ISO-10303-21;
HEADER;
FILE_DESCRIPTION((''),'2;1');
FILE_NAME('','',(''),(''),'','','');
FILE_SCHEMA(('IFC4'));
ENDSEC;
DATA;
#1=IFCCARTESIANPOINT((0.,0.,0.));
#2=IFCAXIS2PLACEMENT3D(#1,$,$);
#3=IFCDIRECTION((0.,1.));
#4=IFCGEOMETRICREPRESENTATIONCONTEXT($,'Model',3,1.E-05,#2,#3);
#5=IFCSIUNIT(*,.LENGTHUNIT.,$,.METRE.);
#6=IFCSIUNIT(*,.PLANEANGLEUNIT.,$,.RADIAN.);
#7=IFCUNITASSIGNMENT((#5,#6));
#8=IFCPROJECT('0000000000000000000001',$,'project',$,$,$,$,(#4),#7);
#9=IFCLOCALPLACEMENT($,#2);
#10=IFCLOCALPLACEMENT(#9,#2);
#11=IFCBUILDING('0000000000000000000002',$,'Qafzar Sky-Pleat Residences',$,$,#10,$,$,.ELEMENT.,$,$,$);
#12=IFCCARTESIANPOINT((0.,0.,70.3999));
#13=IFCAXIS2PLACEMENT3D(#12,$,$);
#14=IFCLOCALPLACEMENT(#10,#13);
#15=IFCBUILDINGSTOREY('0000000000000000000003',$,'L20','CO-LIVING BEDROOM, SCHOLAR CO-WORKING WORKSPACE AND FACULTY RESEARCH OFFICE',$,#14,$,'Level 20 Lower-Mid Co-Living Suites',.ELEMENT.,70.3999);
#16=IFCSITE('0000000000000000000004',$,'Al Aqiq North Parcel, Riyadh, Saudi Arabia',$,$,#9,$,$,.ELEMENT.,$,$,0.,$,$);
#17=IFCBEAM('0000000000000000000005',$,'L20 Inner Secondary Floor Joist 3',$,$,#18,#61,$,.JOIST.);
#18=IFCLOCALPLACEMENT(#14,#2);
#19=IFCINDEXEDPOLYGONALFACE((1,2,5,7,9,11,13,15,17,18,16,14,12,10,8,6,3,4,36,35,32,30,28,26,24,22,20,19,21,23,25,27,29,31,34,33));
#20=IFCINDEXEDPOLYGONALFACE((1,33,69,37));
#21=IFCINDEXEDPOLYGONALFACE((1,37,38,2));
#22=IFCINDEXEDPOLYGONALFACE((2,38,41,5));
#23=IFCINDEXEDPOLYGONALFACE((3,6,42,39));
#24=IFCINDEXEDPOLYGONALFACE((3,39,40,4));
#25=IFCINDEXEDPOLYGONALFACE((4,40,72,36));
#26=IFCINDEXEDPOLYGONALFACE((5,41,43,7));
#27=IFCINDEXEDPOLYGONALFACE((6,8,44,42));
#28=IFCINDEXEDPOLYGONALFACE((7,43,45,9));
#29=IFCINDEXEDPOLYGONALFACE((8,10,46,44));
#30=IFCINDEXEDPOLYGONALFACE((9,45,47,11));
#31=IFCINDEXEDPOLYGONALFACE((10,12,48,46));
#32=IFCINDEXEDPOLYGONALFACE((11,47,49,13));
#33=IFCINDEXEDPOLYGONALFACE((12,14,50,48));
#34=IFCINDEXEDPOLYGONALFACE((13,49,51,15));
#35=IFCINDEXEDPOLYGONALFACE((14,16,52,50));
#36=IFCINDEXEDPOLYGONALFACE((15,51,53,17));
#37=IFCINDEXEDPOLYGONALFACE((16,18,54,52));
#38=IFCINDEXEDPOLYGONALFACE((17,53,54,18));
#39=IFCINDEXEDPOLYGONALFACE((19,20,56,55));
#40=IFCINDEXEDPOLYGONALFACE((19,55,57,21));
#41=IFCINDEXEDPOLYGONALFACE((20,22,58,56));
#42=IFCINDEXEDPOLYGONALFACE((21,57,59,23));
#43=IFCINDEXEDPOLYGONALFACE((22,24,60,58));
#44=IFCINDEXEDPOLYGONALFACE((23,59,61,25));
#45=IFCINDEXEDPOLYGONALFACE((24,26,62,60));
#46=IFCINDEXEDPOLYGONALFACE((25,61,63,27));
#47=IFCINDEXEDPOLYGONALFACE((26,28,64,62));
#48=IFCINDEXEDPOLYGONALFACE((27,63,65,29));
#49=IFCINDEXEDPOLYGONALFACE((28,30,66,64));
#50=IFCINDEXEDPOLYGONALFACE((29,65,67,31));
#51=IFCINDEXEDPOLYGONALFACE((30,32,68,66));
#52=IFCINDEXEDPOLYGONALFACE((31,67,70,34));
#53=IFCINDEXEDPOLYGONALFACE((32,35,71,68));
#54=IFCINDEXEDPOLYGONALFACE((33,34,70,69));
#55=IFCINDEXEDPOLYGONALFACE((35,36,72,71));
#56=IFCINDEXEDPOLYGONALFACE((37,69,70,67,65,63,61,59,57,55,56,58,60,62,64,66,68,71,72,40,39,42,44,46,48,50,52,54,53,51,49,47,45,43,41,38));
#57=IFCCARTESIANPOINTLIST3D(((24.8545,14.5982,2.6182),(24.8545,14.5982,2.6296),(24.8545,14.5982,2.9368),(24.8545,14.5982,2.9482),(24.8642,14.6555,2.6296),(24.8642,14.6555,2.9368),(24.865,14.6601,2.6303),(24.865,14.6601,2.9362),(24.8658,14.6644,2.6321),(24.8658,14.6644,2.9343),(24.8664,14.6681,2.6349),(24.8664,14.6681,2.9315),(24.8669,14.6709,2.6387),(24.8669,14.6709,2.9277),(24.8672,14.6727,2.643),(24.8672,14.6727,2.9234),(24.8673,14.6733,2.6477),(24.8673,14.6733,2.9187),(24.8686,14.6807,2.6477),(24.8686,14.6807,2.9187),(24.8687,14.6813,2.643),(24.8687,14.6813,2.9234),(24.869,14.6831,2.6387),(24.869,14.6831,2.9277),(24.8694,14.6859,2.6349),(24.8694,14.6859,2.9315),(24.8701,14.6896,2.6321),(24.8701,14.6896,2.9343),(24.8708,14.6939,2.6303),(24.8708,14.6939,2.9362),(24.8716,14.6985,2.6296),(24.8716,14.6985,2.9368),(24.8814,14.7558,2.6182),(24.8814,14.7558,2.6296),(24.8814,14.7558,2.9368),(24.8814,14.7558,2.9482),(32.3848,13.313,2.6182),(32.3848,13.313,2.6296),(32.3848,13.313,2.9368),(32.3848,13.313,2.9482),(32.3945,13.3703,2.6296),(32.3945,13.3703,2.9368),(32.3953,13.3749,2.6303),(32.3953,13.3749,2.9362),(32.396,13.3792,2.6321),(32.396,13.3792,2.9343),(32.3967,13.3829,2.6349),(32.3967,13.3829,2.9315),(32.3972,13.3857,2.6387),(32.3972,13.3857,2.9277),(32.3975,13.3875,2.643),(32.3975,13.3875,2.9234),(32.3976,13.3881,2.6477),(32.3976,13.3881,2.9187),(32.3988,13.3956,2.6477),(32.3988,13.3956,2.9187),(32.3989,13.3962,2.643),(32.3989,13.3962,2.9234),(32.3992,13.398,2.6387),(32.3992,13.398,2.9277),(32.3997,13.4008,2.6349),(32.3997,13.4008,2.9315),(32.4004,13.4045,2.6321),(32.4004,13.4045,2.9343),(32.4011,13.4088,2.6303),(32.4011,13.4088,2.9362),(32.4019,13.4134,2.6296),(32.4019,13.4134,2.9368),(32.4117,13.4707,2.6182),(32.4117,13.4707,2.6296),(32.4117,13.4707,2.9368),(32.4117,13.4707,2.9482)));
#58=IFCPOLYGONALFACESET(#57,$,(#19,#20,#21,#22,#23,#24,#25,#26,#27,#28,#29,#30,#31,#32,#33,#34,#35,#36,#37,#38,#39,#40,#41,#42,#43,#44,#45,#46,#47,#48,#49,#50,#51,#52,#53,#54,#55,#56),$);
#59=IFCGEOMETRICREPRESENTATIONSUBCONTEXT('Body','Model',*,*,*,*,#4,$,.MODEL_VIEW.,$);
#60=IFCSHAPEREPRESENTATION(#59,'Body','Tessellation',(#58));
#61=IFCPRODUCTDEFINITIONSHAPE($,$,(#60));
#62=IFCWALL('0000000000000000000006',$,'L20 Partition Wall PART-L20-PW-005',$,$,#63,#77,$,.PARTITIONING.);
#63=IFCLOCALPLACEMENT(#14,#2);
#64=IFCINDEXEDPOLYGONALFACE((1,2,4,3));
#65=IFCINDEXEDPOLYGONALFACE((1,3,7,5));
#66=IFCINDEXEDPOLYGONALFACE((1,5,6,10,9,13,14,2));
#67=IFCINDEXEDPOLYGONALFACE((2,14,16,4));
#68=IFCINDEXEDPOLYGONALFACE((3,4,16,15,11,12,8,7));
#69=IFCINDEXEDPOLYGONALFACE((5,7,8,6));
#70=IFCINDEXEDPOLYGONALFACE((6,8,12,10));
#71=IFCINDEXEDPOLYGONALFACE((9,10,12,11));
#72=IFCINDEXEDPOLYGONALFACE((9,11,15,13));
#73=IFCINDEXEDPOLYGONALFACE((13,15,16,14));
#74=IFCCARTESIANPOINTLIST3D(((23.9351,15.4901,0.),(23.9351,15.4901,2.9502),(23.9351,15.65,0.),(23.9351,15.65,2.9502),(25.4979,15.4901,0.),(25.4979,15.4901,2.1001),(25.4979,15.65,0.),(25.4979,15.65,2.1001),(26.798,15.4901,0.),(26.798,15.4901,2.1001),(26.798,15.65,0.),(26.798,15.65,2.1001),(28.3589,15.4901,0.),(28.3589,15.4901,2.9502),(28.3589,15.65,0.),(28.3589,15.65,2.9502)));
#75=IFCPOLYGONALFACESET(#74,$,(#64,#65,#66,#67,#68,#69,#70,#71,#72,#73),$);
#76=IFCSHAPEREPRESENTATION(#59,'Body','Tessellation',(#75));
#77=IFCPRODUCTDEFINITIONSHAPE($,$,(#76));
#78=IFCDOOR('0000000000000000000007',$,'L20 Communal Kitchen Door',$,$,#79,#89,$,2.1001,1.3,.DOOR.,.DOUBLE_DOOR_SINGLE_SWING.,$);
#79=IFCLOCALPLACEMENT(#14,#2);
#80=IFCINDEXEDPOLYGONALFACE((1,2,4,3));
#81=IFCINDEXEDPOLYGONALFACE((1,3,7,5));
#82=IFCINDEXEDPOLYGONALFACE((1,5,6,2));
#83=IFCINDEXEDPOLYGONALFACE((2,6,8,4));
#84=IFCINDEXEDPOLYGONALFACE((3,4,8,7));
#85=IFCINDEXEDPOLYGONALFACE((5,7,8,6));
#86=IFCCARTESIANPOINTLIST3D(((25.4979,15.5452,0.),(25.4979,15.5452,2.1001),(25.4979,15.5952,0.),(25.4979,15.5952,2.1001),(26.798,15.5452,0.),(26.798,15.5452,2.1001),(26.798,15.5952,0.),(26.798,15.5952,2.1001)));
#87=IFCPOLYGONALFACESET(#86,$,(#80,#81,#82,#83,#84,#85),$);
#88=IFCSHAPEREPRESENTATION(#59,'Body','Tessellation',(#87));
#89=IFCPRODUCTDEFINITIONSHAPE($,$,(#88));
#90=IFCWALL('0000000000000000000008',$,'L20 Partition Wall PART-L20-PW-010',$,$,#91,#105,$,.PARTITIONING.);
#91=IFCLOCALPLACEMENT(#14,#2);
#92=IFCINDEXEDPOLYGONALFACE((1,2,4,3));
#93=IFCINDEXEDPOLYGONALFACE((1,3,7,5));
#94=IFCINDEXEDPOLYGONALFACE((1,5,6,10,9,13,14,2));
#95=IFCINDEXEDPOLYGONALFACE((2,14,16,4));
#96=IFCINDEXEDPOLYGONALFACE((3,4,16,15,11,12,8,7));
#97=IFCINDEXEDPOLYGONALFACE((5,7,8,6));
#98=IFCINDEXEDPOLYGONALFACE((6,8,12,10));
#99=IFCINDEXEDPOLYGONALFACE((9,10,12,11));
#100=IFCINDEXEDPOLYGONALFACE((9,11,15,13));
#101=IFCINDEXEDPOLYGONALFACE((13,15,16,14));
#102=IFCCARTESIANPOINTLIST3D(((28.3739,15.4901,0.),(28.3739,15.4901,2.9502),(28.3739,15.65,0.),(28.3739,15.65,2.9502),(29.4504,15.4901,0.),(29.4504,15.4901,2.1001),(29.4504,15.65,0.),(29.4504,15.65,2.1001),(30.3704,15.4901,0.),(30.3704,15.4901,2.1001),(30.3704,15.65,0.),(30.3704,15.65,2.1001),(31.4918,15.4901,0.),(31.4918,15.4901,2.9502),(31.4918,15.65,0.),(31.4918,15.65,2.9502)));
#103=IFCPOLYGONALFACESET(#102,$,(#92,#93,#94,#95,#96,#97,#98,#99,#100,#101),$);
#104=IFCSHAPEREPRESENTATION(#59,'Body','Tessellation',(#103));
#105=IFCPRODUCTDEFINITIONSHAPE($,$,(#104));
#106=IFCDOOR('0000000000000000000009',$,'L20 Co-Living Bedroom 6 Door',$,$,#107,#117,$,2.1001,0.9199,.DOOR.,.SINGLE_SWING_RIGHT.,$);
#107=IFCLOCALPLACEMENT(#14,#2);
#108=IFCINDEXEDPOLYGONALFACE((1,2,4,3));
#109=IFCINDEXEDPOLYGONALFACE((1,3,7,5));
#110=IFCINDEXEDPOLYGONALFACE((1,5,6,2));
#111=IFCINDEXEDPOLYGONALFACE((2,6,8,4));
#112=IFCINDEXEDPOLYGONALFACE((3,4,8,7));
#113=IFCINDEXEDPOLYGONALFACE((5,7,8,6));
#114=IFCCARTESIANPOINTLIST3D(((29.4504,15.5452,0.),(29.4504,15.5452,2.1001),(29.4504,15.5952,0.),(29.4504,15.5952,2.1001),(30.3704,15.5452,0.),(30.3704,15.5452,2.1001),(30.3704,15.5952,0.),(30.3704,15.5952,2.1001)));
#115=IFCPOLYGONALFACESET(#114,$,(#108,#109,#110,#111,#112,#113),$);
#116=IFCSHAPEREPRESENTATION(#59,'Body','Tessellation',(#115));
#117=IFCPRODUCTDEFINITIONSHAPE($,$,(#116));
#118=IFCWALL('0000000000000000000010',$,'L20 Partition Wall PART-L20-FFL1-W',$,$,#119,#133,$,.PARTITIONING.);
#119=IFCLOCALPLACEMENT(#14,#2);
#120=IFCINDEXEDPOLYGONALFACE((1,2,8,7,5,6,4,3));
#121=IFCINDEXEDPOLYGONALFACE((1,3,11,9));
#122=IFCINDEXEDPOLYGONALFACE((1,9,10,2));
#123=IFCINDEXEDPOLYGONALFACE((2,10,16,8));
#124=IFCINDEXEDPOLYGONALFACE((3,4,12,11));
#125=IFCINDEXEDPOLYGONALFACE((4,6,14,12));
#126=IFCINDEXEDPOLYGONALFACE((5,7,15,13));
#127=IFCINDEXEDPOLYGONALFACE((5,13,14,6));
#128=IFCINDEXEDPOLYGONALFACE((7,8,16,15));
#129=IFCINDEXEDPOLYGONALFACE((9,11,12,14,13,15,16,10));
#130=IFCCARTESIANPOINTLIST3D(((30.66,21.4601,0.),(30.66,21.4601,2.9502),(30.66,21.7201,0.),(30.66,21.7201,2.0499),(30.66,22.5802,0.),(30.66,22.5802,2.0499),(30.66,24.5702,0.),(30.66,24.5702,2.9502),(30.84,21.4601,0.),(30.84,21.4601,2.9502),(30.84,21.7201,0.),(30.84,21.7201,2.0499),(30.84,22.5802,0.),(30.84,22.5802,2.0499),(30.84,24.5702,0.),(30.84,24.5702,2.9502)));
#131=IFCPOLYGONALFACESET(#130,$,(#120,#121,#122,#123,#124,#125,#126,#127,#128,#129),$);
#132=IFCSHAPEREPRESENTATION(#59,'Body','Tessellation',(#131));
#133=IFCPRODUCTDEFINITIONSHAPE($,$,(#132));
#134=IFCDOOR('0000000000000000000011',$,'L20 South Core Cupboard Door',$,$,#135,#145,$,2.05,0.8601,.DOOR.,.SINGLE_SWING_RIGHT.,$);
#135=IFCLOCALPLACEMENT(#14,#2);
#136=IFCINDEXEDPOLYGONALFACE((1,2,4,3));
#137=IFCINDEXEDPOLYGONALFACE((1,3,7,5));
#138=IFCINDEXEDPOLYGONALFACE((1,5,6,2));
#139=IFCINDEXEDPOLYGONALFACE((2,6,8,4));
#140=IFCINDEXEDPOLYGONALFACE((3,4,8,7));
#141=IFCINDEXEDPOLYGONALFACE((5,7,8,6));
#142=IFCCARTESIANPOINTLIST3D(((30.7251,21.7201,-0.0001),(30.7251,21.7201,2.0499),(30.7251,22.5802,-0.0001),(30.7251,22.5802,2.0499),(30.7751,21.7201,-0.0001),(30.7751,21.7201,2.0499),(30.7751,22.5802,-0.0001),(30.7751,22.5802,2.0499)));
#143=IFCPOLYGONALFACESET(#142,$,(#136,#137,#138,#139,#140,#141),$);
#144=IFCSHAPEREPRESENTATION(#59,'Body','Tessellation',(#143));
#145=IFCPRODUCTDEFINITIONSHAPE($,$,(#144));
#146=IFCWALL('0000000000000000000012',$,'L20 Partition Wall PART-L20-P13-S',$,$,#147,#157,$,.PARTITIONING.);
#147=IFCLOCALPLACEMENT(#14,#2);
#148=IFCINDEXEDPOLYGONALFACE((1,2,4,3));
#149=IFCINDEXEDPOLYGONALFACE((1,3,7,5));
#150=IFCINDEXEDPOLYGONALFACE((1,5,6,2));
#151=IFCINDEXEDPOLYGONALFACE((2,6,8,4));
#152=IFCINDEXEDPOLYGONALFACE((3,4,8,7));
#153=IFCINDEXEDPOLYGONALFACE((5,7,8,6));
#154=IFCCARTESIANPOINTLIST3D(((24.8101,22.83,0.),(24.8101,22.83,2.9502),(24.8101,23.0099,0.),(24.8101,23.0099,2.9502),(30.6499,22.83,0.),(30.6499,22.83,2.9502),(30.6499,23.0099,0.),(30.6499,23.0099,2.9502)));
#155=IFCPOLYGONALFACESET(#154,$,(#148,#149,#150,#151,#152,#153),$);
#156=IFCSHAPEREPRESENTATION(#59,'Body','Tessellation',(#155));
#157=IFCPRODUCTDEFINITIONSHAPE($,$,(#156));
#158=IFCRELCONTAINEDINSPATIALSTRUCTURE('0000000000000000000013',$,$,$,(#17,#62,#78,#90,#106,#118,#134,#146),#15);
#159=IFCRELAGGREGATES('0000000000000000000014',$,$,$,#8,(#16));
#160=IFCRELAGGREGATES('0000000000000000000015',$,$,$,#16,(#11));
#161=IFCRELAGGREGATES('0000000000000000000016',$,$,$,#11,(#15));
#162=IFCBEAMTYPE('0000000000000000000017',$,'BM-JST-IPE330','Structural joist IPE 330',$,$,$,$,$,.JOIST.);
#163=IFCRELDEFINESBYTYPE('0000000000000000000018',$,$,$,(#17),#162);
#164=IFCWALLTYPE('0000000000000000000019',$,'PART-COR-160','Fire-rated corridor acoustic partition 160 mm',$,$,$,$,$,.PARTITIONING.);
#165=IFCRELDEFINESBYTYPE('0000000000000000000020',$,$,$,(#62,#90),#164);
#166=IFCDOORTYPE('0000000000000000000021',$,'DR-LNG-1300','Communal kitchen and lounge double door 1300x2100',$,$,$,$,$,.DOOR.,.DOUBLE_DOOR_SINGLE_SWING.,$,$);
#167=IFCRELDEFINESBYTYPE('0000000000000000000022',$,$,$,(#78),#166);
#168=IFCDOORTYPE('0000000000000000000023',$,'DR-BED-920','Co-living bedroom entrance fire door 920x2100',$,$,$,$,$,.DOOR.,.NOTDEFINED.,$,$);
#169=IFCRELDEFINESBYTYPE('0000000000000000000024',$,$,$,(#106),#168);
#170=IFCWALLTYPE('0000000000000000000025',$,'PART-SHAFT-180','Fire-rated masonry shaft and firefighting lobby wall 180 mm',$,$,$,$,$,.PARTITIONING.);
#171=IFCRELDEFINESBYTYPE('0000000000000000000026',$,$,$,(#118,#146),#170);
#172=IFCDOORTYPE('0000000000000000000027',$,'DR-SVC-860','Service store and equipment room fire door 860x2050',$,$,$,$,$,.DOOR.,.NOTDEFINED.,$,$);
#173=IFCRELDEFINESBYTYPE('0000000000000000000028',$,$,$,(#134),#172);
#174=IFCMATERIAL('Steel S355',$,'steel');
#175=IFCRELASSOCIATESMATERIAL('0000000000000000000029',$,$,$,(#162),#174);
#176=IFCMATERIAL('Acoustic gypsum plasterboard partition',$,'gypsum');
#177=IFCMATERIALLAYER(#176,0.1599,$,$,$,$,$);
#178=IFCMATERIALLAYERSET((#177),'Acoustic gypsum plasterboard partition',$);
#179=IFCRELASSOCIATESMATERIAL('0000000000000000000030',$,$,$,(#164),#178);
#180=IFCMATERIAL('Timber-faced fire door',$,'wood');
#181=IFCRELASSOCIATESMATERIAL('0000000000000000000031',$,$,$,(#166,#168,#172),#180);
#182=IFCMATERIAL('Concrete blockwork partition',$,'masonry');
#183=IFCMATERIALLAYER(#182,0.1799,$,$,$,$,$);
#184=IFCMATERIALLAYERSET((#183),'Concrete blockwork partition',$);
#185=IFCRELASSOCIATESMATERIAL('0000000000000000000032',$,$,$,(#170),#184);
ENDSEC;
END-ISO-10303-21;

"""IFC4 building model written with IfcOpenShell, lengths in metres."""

from ifc_helpers import new_model, si_unit, direction, frame, frame_2d, origin, origin_2d, place, context, subcontext, project, spatial, rectangle, i_section, extrude, source, transform, mapped, material, layer, layer_set, material_profile, profile_set, type_object, element, fill, save


model = new_model("IFC4")

# Units and contexts
model_context = context("Model", 3, precision=1e-05, world=origin(), true_north=direction((0.0, 1.0)))
body_context = subcontext(model_context, "Body", "Model", "MODEL_VIEW")
ifc_project = project(units=[si_unit("LENGTHUNIT", "METRE"), si_unit("PLANEANGLEUNIT", "RADIAN")], contexts=[model_context])

# Site, building, storey
site_placement = place(None, origin())
site = spatial("IfcSite", under=ifc_project, at=site_placement, Name="Al Aqiq North Parcel, Riyadh, Saudi Arabia", CompositionType="ELEMENT", RefElevation=0.0)
building_placement = place(site_placement, origin())
building = spatial("IfcBuilding", under=site, at=building_placement, Name="Qafzar Sky-Pleat Residences", CompositionType="ELEMENT")
storey_placement = place(building_placement, frame((0.0, 0.0, 70.3999)))
storey = spatial("IfcBuildingStorey", under=building, at=storey_placement, Name="L20", Description="CO-LIVING BEDROOM, SCHOLAR CO-WORKING WORKSPACE AND FACULTY RESEARCH OFFICE", LongName="Level 20 Lower-Mid Co-Living Suites", CompositionType="ELEMENT", Elevation=70.3999)

# Beam
ifc_material_1 = material(Name="Steel S355", Category="steel")
ifc_material_profile = material_profile(ifc_material_1, i_section(OverallWidth=0.1599, OverallDepth=0.3301, WebThickness=0.0076, FlangeThickness=0.0115, FilletRadius=0.0181, at=origin_2d()), Name="IPE 330")
ifc_profile_set = profile_set([ifc_material_profile], Name="Steel S355")
beam_type = type_object("IfcBeamType", Name="BM-JST-IPE330", Description="Structural joist IPE 330", PredefinedType="JOIST", material=ifc_profile_set)
shared_shape_1 = source(origin(), body_context, "Body", "SweptSolid", [
    extrude(i_section(OverallWidth=0.1599, OverallDepth=0.3301, WebThickness=0.0076, FlangeThickness=0.0115, FilletRadius=0.0181, at=origin_2d()), origin(), (0.0, 0.0, 1.0), 7.6392),
])
beam_placement = place(storey_placement, frame((24.8679, 14.677, 2.7832), z_axis=(0.985747, -0.168233, 0.0), x_axis=(0.168233, 0.985747, 0.0)))
element("IfcBeam", 1, at=beam_placement, inside=storey, type_object=beam_type, Name="L20 Inner Secondary Floor Joist 3", PredefinedType="JOIST", context=body_context, shape_type="MappedRepresentation", body=[
    mapped(shared_shape_1, transform((0.0, 0.0, 0.0), x_axis=(1.0, 0.0, 0.0), y_axis=(0.0, 1.0, 0.0), z_axis=(0.0, 0.0, 1.0), scale=1.0)),
])

# Walls, openings, doors
ifc_material_2 = material(Name="Acoustic gypsum plasterboard partition", Category="gypsum")
ifc_layer_1 = layer(ifc_material_2, 0.1599)
ifc_layer_set_1 = layer_set([ifc_layer_1], Name="Acoustic gypsum plasterboard partition")
wall_type_1 = type_object("IfcWallType", Name="PART-COR-160", Description="Fire-rated corridor acoustic partition 160 mm", PredefinedType="PARTITIONING", material=ifc_layer_set_1)
wall_1_placement = place(storey_placement, frame((28.3589, 15.5701, 0.0), z_axis=(0.0, 0.0, 1.0), x_axis=(-1.0, 0.0, 0.0)))
wall_1 = element("IfcWall", 2, at=wall_1_placement, inside=storey, type_object=wall_type_1, Name="L20 Partition Wall PART-L20-PW-005", PredefinedType="PARTITIONING", context=body_context, shape_type="SweptSolid", body=[
    extrude(rectangle(XDim=4.4238, YDim=0.1599, at=frame_2d((2.2119, 0.0))), origin(), (0.0, 0.0, 1.0), 2.9502),
])
opening_1_placement = place(wall_1_placement, frame((1.561, 0.0, 0.0)))
opening_1 = element("IfcOpeningElement", 3, at=opening_1_placement, cuts=wall_1, PredefinedType="OPENING", context=body_context, shape_type="SweptSolid", body=[
    extrude(rectangle(XDim=1.3, YDim=2.1001, at=frame_2d((0.6499, 1.05))), frame((0.0, 0.0898, 0.0), z_axis=(0.0, -1.0, 0.0), x_axis=(1.0, 0.0, 0.0)), (0.0, 0.0, 1.0), 0.1799),
])
ifc_material_3 = material(Name="Timber-faced fire door", Category="wood")
door_type_1 = type_object("IfcDoorType", Name="DR-LNG-1300", Description="Communal kitchen and lounge double door 1300x2100", OperationType="DOUBLE_DOOR_SINGLE_SWING", PredefinedType="DOOR", material=ifc_material_3)
shared_shape_2 = source(origin(), body_context, "Body", "SweptSolid", [
    extrude(rectangle(XDim=1.3, YDim=2.1001, at=frame_2d((0.6499, 1.05))), frame((0.0, 0.0249, 0.0), z_axis=(0.0, -1.0, 0.0), x_axis=(1.0, 0.0, 0.0)), (0.0, 0.0, 1.0), 0.05),
])
door_1_placement = place(opening_1_placement, origin())
door_1 = element("IfcDoor", 4, at=door_1_placement, inside=storey, type_object=door_type_1, Name="L20 Communal Kitchen Door", OperationType="DOUBLE_DOOR_SINGLE_SWING", OverallHeight=2.1001, OverallWidth=1.3, PredefinedType="DOOR", context=body_context, shape_type="MappedRepresentation", body=[
    mapped(shared_shape_2, transform((0.0, 0.0, 0.0), x_axis=(1.0, 0.0, 0.0), y_axis=(0.0, 1.0, 0.0), z_axis=(0.0, 0.0, 1.0), scale=1.0)),
])
fill(opening_1, door_1)
wall_2_placement = place(storey_placement, frame((31.4919, 15.5701, 0.0), z_axis=(0.0, 0.0, 1.0), x_axis=(-1.0, 0.0, 0.0)))
wall_2 = element("IfcWall", 5, at=wall_2_placement, inside=storey, type_object=wall_type_1, Name="L20 Partition Wall PART-L20-PW-010", PredefinedType="PARTITIONING", context=body_context, shape_type="SweptSolid", body=[
    extrude(rectangle(XDim=3.1179, YDim=0.1599, at=frame_2d((1.5591, 0.0))), origin(), (0.0, 0.0, 1.0), 2.9502),
])
opening_2_placement = place(wall_2_placement, frame((1.1216, 0.0, 0.0)))
opening_2 = element("IfcOpeningElement", 6, at=opening_2_placement, cuts=wall_2, PredefinedType="OPENING", context=body_context, shape_type="SweptSolid", body=[
    extrude(rectangle(XDim=0.9199, YDim=2.1001, at=frame_2d((0.46, 1.05))), frame((0.0, 0.0898, 0.0), z_axis=(0.0, -1.0, 0.0), x_axis=(1.0, 0.0, 0.0)), (0.0, 0.0, 1.0), 0.1799),
])
door_type_2 = type_object("IfcDoorType", Name="DR-BED-920", Description="Co-living bedroom entrance fire door 920x2100", OperationType="NOTDEFINED", PredefinedType="DOOR", material=ifc_material_3)
shared_shape_3 = source(origin(), body_context, "Body", "SweptSolid", [
    extrude(rectangle(XDim=0.9199, YDim=2.1001, at=frame_2d((0.46, 1.05))), frame((0.0, 0.0249, 0.0), z_axis=(0.0, -1.0, 0.0), x_axis=(1.0, 0.0, 0.0)), (0.0, 0.0, 1.0), 0.05),
])
door_2_placement = place(opening_2_placement, origin())
door_2 = element("IfcDoor", 7, at=door_2_placement, inside=storey, type_object=door_type_2, Name="L20 Co-Living Bedroom 6 Door", OperationType="SINGLE_SWING_RIGHT", OverallHeight=2.1001, OverallWidth=0.9199, PredefinedType="DOOR", context=body_context, shape_type="MappedRepresentation", body=[
    mapped(shared_shape_3, transform((0.0, 0.0, 0.0), x_axis=(1.0, 0.0, 0.0), y_axis=(0.0, 1.0, 0.0), z_axis=(0.0, 0.0, 1.0), scale=1.0)),
])
fill(opening_2, door_2)
ifc_material_4 = material(Name="Concrete blockwork partition", Category="masonry")
ifc_layer_2 = layer(ifc_material_4, 0.1799)
ifc_layer_set_2 = layer_set([ifc_layer_2], Name="Concrete blockwork partition")
wall_type_2 = type_object("IfcWallType", Name="PART-SHAFT-180", Description="Fire-rated masonry shaft and firefighting lobby wall 180 mm", PredefinedType="PARTITIONING", material=ifc_layer_set_2)
wall_3_placement = place(storey_placement, frame((30.75, 21.46, 0.0), z_axis=(0.0, 0.0, 1.0), x_axis=(0.0, 1.0, 0.0)))
wall_3 = element("IfcWall", 8, at=wall_3_placement, inside=storey, type_object=wall_type_2, Name="L20 Partition Wall PART-L20-FFL1-W", PredefinedType="PARTITIONING", context=body_context, shape_type="SweptSolid", body=[
    extrude(rectangle(XDim=3.1101, YDim=0.1799, at=frame_2d((1.5552, 0.0))), origin(), (0.0, 0.0, 1.0), 2.9502),
])
opening_3_placement = place(wall_3_placement, frame((0.26, 0.0, 0.0)))
opening_3 = element("IfcOpeningElement", 9, at=opening_3_placement, cuts=wall_3, PredefinedType="OPENING", context=body_context, shape_type="SweptSolid", body=[
    extrude(rectangle(XDim=0.8601, YDim=2.05, at=frame_2d((0.4302, 1.0249))), frame((0.0, 0.1001, 0.0), z_axis=(0.0, -1.0, 0.0), x_axis=(1.0, 0.0, 0.0)), (0.0, 0.0, 1.0), 0.2),
])
door_type_3 = type_object("IfcDoorType", Name="DR-SVC-860", Description="Service store and equipment room fire door 860x2050", OperationType="NOTDEFINED", PredefinedType="DOOR", material=ifc_material_3)
shared_shape_4 = source(origin(), body_context, "Body", "SweptSolid", [
    extrude(rectangle(XDim=0.8601, YDim=2.05, at=frame_2d((0.4302, 1.0249))), frame((0.0, 0.0249, 0.0), z_axis=(0.0, -1.0, 0.0), x_axis=(1.0, 0.0, 0.0)), (0.0, 0.0, 1.0), 0.05),
])
door_3_placement = place(opening_3_placement, origin())
door_3 = element("IfcDoor", 10, at=door_3_placement, inside=storey, type_object=door_type_3, Name="L20 South Core Cupboard Door", OperationType="SINGLE_SWING_RIGHT", OverallHeight=2.05, OverallWidth=0.8601, PredefinedType="DOOR", context=body_context, shape_type="MappedRepresentation", body=[
    mapped(shared_shape_4, transform((0.0, 0.0, 0.0), x_axis=(1.0, 0.0, 0.0), y_axis=(0.0, 1.0, 0.0), z_axis=(0.0, 0.0, 1.0), scale=1.0)),
])
fill(opening_3, door_3)

# Wall
wall_4_placement = place(storey_placement, frame((24.8101, 22.9199, 0.0), z_axis=(0.0, 0.0, 1.0), x_axis=(1.0, 0.0, 0.0)))
element("IfcWall", 11, at=wall_4_placement, inside=storey, type_object=wall_type_2, Name="L20 Partition Wall PART-L20-P13-S", PredefinedType="PARTITIONING", context=body_context, shape_type="SweptSolid", body=[
    extrude(rectangle(XDim=5.8398, YDim=0.1799, at=frame_2d((2.9199, 0.0))), origin(), (0.0, 0.0, 1.0), 2.9502),
])

save(model, "model.ifc")
